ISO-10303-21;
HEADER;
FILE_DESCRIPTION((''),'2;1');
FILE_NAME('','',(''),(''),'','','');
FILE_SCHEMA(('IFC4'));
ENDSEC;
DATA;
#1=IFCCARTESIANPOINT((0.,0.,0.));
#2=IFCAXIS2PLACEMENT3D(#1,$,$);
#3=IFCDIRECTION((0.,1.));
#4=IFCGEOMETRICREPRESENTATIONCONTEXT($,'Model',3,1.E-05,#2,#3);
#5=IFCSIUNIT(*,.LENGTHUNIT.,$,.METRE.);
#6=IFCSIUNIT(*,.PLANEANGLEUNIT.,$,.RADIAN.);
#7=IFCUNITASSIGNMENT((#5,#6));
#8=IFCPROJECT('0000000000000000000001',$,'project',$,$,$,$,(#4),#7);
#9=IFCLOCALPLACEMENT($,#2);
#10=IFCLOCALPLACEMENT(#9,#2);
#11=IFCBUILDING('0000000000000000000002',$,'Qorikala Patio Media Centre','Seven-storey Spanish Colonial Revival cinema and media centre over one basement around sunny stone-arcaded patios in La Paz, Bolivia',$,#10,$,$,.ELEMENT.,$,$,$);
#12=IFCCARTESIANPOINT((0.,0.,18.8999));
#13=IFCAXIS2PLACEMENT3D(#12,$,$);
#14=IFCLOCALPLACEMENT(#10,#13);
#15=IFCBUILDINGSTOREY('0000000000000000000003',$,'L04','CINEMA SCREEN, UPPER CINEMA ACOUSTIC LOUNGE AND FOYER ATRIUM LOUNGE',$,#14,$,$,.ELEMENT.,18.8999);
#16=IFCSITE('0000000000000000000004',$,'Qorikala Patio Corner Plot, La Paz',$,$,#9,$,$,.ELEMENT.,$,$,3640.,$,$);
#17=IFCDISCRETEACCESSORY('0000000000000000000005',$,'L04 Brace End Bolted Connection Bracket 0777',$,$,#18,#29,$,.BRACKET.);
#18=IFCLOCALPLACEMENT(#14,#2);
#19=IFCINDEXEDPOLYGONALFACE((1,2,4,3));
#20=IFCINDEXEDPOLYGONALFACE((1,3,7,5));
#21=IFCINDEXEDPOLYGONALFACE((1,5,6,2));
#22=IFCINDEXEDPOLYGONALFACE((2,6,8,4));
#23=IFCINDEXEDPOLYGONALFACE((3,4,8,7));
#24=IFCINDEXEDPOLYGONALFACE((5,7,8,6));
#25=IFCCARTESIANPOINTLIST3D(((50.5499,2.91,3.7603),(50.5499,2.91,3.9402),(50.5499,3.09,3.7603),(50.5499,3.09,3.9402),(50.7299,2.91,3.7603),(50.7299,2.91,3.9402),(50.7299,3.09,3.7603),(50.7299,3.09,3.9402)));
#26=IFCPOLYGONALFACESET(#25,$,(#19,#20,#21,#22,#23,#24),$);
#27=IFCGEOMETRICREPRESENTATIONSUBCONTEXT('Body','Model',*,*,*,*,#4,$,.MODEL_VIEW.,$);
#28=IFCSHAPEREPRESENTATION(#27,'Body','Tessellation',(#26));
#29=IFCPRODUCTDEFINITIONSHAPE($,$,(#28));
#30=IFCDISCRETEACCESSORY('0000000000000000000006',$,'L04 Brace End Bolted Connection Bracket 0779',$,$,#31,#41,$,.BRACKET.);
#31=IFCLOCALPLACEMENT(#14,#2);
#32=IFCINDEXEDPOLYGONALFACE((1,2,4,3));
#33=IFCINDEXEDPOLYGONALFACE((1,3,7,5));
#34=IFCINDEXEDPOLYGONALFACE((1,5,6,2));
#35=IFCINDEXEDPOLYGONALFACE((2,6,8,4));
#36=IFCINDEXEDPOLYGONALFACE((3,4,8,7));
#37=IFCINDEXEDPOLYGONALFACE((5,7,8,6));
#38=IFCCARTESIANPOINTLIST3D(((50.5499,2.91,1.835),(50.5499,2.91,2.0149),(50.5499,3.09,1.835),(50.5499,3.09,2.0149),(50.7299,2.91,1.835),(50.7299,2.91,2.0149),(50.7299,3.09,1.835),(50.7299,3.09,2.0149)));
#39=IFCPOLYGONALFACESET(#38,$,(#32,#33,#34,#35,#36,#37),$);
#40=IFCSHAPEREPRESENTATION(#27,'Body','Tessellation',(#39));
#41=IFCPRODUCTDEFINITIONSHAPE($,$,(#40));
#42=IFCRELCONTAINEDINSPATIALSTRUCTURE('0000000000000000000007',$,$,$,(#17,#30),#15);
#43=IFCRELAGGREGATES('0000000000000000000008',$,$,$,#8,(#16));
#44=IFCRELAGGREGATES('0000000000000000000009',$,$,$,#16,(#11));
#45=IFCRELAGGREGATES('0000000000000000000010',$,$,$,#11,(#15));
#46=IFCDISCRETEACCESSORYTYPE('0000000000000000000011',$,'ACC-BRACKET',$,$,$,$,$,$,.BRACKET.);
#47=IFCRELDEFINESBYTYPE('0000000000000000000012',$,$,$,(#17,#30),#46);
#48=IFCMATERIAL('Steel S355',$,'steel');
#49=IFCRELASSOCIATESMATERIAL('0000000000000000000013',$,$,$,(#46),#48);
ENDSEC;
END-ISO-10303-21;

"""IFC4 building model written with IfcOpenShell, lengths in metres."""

from ifc_helpers import new_model, si_unit, direction, frame, origin, origin_2d, place, context, subcontext, project, spatial, rectangle, extrude, material, type_object, element, save


model = new_model("IFC4")

# Units and contexts
model_context = context("Model", 3, precision=1e-05, world=origin(), true_north=direction((0.0, 1.0)))
body_context = subcontext(model_context, "Body", "Model", "MODEL_VIEW")
ifc_project = project(units=[si_unit("LENGTHUNIT", "METRE"), si_unit("PLANEANGLEUNIT", "RADIAN")], contexts=[model_context])

# Site, building, storey
site_placement = place(None, origin())
site = spatial("IfcSite", under=ifc_project, at=site_placement, Name="Qorikala Patio Corner Plot, La Paz", CompositionType="ELEMENT", RefElevation=3640.0)
building_placement = place(site_placement, origin())
building = spatial("IfcBuilding", under=site, at=building_placement, Name="Qorikala Patio Media Centre", Description="Seven-storey Spanish Colonial Revival cinema and media centre over one basement around sunny stone-arcaded patios in La Paz, Bolivia", CompositionType="ELEMENT")
storey_placement = place(building_placement, frame((0.0, 0.0, 18.8999)))
storey = spatial("IfcBuildingStorey", under=building, at=storey_placement, Name="L04", Description="CINEMA SCREEN, UPPER CINEMA ACOUSTIC LOUNGE AND FOYER ATRIUM LOUNGE", CompositionType="ELEMENT", Elevation=18.8999)

# Discrete accessories
ifc_material_1 = material(Name="Steel S355", Category="steel")
discrete_accessory_type = type_object("IfcDiscreteAccessoryType", Name="ACC-BRACKET", PredefinedType="BRACKET", material=ifc_material_1)
for number, where, z_axis, x_axis, name in (
    (1, (50.6399, 3.0, 3.7603), (0.0, 0.0, 1.0), (1.0, 0.0, 0.0), "L04 Brace End Bolted Connection Bracket 0777"),
    (2, (50.6399, 3.0, 1.835), (0.0, 0.0, 1.0), (1.0, 0.0, 0.0), "L04 Brace End Bolted Connection Bracket 0779"),
):
    element("IfcDiscreteAccessory", number, at=place(storey_placement, frame(where, z_axis=z_axis, x_axis=x_axis)), inside=storey, type_object=discrete_accessory_type, Name=name, PredefinedType="BRACKET", context=body_context, shape_type="SweptSolid", body=[
        extrude(rectangle(XDim=0.1799, YDim=0.1799, at=origin_2d()), origin(), (0.0, 0.0, 1.0), 0.1799),
    ])

save(model, "model.ifc")
